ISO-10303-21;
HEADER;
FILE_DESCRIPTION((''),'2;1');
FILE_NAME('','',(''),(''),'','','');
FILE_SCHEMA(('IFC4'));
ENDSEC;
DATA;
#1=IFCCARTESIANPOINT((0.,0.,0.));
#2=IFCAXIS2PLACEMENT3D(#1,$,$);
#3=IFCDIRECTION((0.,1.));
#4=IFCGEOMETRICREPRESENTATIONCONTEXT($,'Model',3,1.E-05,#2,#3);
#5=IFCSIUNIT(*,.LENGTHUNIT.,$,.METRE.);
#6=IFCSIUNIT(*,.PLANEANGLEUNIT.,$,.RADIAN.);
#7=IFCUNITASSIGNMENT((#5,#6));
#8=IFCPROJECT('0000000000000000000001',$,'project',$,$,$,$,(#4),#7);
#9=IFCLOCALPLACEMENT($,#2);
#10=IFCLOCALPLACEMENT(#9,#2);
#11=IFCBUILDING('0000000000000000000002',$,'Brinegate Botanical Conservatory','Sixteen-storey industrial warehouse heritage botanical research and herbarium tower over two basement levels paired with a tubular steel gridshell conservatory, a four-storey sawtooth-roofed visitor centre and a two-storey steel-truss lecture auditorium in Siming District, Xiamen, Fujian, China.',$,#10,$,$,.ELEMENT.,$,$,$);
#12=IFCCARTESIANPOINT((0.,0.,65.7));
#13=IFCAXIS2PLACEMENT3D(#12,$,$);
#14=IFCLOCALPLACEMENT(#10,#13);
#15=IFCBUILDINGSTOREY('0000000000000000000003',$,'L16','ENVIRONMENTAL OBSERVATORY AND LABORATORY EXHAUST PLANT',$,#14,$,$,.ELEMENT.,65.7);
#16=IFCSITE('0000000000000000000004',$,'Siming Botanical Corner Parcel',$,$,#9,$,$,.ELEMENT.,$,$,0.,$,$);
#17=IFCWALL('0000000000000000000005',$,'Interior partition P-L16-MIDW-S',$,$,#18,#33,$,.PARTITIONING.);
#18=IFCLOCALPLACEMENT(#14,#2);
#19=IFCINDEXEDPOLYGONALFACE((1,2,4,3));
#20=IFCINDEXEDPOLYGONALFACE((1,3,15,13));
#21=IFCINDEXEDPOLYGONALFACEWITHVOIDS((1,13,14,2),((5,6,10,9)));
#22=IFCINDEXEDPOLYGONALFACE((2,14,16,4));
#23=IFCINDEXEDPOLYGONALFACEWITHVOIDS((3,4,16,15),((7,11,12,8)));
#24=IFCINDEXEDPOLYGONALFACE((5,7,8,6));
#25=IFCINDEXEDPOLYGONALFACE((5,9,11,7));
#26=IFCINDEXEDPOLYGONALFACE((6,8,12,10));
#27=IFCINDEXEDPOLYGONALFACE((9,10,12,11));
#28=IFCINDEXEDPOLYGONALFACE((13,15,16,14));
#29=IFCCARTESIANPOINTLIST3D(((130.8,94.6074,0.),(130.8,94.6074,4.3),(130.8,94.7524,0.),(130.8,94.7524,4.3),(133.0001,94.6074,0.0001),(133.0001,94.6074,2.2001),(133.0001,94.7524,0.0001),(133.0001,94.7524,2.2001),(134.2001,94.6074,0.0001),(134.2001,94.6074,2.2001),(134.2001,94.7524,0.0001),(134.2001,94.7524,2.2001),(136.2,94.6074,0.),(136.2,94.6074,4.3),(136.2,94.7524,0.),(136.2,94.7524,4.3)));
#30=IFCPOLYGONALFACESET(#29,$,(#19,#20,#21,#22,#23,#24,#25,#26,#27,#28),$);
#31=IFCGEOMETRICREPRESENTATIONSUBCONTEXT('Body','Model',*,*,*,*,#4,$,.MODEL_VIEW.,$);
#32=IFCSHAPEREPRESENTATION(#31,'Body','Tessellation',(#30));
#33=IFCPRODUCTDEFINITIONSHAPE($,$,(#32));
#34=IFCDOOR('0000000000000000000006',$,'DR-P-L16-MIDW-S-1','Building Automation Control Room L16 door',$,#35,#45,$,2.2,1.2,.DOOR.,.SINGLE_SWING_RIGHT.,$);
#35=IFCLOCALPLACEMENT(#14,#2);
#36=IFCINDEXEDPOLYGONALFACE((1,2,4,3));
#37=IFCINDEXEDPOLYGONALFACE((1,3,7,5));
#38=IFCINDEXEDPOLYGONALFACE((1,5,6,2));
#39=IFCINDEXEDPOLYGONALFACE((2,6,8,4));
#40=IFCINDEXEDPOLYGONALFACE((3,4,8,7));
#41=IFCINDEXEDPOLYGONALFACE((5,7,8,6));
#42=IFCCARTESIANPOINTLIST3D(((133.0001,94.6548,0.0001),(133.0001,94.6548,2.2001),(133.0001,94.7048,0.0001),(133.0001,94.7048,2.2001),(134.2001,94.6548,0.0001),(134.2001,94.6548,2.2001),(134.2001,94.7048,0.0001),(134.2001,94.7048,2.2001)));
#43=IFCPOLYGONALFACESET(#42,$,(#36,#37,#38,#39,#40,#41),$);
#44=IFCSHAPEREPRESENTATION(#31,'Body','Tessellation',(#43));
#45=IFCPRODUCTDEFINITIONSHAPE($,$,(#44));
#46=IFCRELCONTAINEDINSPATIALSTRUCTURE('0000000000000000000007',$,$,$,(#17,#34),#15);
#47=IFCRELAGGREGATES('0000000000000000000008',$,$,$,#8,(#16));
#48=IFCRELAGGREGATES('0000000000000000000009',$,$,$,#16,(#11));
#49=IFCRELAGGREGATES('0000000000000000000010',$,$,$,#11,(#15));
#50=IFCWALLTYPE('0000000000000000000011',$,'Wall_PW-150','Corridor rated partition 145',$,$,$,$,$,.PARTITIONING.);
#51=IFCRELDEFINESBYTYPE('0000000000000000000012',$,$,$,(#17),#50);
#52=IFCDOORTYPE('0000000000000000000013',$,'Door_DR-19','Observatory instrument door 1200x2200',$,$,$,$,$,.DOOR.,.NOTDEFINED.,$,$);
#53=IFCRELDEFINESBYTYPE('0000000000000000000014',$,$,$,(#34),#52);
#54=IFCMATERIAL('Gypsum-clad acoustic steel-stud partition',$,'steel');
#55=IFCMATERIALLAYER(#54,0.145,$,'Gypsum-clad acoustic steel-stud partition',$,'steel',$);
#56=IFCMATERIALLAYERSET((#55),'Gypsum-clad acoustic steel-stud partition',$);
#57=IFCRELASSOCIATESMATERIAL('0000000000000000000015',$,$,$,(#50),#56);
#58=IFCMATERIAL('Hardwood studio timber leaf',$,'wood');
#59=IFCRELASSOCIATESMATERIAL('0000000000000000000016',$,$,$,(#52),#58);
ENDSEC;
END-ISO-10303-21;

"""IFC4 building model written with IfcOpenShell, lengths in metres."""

from ifc_helpers import new_model, si_unit, direction, frame, frame_2d, origin, place, context, subcontext, project, spatial, rectangle, extrude, material, layer, layer_set, type_object, element, fill, save


model = new_model("IFC4")

# Units and contexts
model_context = context("Model", 3, precision=1e-05, world=origin(), true_north=direction((0.0, 1.0)))
body_context = subcontext(model_context, "Body", "Model", "MODEL_VIEW")
ifc_project = project(units=[si_unit("LENGTHUNIT", "METRE"), si_unit("PLANEANGLEUNIT", "RADIAN")], contexts=[model_context])

# Site, building, storey
site_placement = place(None, origin())
site = spatial("IfcSite", under=ifc_project, at=site_placement, Name="Siming Botanical Corner Parcel", CompositionType="ELEMENT", RefElevation=0.0)
building_placement = place(site_placement, origin())
building = spatial("IfcBuilding", under=site, at=building_placement, Name="Brinegate Botanical Conservatory", Description="Sixteen-storey industrial warehouse heritage botanical research and herbarium tower over two basement levels paired with a tubular steel gridshell conservatory, a four-storey sawtooth-roofed visitor centre and a two-storey steel-truss lecture auditorium in Siming District, Xiamen, Fujian, China.", CompositionType="ELEMENT")
storey_placement = place(building_placement, frame((0.0, 0.0, 65.7)))
storey = spatial("IfcBuildingStorey", under=building, at=storey_placement, Name="L16", Description="ENVIRONMENTAL OBSERVATORY AND LABORATORY EXHAUST PLANT", CompositionType="ELEMENT", Elevation=65.7)

# Wall, opening, door
ifc_material_1 = material(Name="Gypsum-clad acoustic steel-stud partition", Category="steel")
ifc_layer_1 = layer(ifc_material_1, 0.145, Name="Gypsum-clad acoustic steel-stud partition", Category="steel")
ifc_layer_set_1 = layer_set([ifc_layer_1], Name="Gypsum-clad acoustic steel-stud partition")
wall_type_1 = type_object("IfcWallType", Name="Wall_PW-150", Description="Corridor rated partition 145", PredefinedType="PARTITIONING", material=ifc_layer_set_1)
wall_1_placement = place(storey_placement, frame((130.8, 94.6799, 0.0), z_axis=(0.0, 0.0, 1.0), x_axis=(1.0, 0.0, 0.0)))
wall_1 = element("IfcWall", 1, at=wall_1_placement, inside=storey, type_object=wall_type_1, Name="Interior partition P-L16-MIDW-S", PredefinedType="PARTITIONING", context=body_context, shape_type="SweptSolid", body=[
    extrude(rectangle(XDim=5.3999, YDim=0.145, at=frame_2d((2.7, 0.0))), origin(), (0.0, 0.0, 1.0), 4.3),
])
opening_1_placement = place(wall_1_placement, frame((2.2, 0.0, 0.0)))
opening_1 = element("IfcOpeningElement", 2, at=opening_1_placement, cuts=wall_1, PredefinedType="OPENING", context=body_context, shape_type="SweptSolid", body=[
    extrude(rectangle(XDim=1.2, YDim=2.2, at=frame_2d((0.6001, 1.1001))), frame((0.0, 0.0825, 0.0), z_axis=(0.0, -1.0, 0.0), x_axis=(1.0, 0.0, 0.0)), (0.0, 0.0, 1.0), 0.165),
])
ifc_material_2 = material(Name="Hardwood studio timber leaf", Category="wood")
door_type = type_object("IfcDoorType", Name="Door_DR-19", Description="Observatory instrument door 1200x2200", OperationType="NOTDEFINED", PredefinedType="DOOR", material=ifc_material_2)
door_placement = place(opening_1_placement, origin())
door = element("IfcDoor", 3, at=door_placement, inside=storey, type_object=door_type, Name="DR-P-L16-MIDW-S-1", Description="Building Automation Control Room L16 door", OperationType="SINGLE_SWING_RIGHT", OverallHeight=2.2, OverallWidth=1.2, PredefinedType="DOOR", context=body_context, shape_type="SweptSolid", body=[
    extrude(rectangle(XDim=1.2, YDim=2.2, at=frame_2d((0.6001, 1.1001))), frame((0.0, 0.0249, 0.0), z_axis=(0.0, -1.0, 0.0), x_axis=(1.0, 0.0, 0.0)), (0.0, 0.0, 1.0), 0.05),
])
fill(opening_1, door)

save(model, "model.ifc")
